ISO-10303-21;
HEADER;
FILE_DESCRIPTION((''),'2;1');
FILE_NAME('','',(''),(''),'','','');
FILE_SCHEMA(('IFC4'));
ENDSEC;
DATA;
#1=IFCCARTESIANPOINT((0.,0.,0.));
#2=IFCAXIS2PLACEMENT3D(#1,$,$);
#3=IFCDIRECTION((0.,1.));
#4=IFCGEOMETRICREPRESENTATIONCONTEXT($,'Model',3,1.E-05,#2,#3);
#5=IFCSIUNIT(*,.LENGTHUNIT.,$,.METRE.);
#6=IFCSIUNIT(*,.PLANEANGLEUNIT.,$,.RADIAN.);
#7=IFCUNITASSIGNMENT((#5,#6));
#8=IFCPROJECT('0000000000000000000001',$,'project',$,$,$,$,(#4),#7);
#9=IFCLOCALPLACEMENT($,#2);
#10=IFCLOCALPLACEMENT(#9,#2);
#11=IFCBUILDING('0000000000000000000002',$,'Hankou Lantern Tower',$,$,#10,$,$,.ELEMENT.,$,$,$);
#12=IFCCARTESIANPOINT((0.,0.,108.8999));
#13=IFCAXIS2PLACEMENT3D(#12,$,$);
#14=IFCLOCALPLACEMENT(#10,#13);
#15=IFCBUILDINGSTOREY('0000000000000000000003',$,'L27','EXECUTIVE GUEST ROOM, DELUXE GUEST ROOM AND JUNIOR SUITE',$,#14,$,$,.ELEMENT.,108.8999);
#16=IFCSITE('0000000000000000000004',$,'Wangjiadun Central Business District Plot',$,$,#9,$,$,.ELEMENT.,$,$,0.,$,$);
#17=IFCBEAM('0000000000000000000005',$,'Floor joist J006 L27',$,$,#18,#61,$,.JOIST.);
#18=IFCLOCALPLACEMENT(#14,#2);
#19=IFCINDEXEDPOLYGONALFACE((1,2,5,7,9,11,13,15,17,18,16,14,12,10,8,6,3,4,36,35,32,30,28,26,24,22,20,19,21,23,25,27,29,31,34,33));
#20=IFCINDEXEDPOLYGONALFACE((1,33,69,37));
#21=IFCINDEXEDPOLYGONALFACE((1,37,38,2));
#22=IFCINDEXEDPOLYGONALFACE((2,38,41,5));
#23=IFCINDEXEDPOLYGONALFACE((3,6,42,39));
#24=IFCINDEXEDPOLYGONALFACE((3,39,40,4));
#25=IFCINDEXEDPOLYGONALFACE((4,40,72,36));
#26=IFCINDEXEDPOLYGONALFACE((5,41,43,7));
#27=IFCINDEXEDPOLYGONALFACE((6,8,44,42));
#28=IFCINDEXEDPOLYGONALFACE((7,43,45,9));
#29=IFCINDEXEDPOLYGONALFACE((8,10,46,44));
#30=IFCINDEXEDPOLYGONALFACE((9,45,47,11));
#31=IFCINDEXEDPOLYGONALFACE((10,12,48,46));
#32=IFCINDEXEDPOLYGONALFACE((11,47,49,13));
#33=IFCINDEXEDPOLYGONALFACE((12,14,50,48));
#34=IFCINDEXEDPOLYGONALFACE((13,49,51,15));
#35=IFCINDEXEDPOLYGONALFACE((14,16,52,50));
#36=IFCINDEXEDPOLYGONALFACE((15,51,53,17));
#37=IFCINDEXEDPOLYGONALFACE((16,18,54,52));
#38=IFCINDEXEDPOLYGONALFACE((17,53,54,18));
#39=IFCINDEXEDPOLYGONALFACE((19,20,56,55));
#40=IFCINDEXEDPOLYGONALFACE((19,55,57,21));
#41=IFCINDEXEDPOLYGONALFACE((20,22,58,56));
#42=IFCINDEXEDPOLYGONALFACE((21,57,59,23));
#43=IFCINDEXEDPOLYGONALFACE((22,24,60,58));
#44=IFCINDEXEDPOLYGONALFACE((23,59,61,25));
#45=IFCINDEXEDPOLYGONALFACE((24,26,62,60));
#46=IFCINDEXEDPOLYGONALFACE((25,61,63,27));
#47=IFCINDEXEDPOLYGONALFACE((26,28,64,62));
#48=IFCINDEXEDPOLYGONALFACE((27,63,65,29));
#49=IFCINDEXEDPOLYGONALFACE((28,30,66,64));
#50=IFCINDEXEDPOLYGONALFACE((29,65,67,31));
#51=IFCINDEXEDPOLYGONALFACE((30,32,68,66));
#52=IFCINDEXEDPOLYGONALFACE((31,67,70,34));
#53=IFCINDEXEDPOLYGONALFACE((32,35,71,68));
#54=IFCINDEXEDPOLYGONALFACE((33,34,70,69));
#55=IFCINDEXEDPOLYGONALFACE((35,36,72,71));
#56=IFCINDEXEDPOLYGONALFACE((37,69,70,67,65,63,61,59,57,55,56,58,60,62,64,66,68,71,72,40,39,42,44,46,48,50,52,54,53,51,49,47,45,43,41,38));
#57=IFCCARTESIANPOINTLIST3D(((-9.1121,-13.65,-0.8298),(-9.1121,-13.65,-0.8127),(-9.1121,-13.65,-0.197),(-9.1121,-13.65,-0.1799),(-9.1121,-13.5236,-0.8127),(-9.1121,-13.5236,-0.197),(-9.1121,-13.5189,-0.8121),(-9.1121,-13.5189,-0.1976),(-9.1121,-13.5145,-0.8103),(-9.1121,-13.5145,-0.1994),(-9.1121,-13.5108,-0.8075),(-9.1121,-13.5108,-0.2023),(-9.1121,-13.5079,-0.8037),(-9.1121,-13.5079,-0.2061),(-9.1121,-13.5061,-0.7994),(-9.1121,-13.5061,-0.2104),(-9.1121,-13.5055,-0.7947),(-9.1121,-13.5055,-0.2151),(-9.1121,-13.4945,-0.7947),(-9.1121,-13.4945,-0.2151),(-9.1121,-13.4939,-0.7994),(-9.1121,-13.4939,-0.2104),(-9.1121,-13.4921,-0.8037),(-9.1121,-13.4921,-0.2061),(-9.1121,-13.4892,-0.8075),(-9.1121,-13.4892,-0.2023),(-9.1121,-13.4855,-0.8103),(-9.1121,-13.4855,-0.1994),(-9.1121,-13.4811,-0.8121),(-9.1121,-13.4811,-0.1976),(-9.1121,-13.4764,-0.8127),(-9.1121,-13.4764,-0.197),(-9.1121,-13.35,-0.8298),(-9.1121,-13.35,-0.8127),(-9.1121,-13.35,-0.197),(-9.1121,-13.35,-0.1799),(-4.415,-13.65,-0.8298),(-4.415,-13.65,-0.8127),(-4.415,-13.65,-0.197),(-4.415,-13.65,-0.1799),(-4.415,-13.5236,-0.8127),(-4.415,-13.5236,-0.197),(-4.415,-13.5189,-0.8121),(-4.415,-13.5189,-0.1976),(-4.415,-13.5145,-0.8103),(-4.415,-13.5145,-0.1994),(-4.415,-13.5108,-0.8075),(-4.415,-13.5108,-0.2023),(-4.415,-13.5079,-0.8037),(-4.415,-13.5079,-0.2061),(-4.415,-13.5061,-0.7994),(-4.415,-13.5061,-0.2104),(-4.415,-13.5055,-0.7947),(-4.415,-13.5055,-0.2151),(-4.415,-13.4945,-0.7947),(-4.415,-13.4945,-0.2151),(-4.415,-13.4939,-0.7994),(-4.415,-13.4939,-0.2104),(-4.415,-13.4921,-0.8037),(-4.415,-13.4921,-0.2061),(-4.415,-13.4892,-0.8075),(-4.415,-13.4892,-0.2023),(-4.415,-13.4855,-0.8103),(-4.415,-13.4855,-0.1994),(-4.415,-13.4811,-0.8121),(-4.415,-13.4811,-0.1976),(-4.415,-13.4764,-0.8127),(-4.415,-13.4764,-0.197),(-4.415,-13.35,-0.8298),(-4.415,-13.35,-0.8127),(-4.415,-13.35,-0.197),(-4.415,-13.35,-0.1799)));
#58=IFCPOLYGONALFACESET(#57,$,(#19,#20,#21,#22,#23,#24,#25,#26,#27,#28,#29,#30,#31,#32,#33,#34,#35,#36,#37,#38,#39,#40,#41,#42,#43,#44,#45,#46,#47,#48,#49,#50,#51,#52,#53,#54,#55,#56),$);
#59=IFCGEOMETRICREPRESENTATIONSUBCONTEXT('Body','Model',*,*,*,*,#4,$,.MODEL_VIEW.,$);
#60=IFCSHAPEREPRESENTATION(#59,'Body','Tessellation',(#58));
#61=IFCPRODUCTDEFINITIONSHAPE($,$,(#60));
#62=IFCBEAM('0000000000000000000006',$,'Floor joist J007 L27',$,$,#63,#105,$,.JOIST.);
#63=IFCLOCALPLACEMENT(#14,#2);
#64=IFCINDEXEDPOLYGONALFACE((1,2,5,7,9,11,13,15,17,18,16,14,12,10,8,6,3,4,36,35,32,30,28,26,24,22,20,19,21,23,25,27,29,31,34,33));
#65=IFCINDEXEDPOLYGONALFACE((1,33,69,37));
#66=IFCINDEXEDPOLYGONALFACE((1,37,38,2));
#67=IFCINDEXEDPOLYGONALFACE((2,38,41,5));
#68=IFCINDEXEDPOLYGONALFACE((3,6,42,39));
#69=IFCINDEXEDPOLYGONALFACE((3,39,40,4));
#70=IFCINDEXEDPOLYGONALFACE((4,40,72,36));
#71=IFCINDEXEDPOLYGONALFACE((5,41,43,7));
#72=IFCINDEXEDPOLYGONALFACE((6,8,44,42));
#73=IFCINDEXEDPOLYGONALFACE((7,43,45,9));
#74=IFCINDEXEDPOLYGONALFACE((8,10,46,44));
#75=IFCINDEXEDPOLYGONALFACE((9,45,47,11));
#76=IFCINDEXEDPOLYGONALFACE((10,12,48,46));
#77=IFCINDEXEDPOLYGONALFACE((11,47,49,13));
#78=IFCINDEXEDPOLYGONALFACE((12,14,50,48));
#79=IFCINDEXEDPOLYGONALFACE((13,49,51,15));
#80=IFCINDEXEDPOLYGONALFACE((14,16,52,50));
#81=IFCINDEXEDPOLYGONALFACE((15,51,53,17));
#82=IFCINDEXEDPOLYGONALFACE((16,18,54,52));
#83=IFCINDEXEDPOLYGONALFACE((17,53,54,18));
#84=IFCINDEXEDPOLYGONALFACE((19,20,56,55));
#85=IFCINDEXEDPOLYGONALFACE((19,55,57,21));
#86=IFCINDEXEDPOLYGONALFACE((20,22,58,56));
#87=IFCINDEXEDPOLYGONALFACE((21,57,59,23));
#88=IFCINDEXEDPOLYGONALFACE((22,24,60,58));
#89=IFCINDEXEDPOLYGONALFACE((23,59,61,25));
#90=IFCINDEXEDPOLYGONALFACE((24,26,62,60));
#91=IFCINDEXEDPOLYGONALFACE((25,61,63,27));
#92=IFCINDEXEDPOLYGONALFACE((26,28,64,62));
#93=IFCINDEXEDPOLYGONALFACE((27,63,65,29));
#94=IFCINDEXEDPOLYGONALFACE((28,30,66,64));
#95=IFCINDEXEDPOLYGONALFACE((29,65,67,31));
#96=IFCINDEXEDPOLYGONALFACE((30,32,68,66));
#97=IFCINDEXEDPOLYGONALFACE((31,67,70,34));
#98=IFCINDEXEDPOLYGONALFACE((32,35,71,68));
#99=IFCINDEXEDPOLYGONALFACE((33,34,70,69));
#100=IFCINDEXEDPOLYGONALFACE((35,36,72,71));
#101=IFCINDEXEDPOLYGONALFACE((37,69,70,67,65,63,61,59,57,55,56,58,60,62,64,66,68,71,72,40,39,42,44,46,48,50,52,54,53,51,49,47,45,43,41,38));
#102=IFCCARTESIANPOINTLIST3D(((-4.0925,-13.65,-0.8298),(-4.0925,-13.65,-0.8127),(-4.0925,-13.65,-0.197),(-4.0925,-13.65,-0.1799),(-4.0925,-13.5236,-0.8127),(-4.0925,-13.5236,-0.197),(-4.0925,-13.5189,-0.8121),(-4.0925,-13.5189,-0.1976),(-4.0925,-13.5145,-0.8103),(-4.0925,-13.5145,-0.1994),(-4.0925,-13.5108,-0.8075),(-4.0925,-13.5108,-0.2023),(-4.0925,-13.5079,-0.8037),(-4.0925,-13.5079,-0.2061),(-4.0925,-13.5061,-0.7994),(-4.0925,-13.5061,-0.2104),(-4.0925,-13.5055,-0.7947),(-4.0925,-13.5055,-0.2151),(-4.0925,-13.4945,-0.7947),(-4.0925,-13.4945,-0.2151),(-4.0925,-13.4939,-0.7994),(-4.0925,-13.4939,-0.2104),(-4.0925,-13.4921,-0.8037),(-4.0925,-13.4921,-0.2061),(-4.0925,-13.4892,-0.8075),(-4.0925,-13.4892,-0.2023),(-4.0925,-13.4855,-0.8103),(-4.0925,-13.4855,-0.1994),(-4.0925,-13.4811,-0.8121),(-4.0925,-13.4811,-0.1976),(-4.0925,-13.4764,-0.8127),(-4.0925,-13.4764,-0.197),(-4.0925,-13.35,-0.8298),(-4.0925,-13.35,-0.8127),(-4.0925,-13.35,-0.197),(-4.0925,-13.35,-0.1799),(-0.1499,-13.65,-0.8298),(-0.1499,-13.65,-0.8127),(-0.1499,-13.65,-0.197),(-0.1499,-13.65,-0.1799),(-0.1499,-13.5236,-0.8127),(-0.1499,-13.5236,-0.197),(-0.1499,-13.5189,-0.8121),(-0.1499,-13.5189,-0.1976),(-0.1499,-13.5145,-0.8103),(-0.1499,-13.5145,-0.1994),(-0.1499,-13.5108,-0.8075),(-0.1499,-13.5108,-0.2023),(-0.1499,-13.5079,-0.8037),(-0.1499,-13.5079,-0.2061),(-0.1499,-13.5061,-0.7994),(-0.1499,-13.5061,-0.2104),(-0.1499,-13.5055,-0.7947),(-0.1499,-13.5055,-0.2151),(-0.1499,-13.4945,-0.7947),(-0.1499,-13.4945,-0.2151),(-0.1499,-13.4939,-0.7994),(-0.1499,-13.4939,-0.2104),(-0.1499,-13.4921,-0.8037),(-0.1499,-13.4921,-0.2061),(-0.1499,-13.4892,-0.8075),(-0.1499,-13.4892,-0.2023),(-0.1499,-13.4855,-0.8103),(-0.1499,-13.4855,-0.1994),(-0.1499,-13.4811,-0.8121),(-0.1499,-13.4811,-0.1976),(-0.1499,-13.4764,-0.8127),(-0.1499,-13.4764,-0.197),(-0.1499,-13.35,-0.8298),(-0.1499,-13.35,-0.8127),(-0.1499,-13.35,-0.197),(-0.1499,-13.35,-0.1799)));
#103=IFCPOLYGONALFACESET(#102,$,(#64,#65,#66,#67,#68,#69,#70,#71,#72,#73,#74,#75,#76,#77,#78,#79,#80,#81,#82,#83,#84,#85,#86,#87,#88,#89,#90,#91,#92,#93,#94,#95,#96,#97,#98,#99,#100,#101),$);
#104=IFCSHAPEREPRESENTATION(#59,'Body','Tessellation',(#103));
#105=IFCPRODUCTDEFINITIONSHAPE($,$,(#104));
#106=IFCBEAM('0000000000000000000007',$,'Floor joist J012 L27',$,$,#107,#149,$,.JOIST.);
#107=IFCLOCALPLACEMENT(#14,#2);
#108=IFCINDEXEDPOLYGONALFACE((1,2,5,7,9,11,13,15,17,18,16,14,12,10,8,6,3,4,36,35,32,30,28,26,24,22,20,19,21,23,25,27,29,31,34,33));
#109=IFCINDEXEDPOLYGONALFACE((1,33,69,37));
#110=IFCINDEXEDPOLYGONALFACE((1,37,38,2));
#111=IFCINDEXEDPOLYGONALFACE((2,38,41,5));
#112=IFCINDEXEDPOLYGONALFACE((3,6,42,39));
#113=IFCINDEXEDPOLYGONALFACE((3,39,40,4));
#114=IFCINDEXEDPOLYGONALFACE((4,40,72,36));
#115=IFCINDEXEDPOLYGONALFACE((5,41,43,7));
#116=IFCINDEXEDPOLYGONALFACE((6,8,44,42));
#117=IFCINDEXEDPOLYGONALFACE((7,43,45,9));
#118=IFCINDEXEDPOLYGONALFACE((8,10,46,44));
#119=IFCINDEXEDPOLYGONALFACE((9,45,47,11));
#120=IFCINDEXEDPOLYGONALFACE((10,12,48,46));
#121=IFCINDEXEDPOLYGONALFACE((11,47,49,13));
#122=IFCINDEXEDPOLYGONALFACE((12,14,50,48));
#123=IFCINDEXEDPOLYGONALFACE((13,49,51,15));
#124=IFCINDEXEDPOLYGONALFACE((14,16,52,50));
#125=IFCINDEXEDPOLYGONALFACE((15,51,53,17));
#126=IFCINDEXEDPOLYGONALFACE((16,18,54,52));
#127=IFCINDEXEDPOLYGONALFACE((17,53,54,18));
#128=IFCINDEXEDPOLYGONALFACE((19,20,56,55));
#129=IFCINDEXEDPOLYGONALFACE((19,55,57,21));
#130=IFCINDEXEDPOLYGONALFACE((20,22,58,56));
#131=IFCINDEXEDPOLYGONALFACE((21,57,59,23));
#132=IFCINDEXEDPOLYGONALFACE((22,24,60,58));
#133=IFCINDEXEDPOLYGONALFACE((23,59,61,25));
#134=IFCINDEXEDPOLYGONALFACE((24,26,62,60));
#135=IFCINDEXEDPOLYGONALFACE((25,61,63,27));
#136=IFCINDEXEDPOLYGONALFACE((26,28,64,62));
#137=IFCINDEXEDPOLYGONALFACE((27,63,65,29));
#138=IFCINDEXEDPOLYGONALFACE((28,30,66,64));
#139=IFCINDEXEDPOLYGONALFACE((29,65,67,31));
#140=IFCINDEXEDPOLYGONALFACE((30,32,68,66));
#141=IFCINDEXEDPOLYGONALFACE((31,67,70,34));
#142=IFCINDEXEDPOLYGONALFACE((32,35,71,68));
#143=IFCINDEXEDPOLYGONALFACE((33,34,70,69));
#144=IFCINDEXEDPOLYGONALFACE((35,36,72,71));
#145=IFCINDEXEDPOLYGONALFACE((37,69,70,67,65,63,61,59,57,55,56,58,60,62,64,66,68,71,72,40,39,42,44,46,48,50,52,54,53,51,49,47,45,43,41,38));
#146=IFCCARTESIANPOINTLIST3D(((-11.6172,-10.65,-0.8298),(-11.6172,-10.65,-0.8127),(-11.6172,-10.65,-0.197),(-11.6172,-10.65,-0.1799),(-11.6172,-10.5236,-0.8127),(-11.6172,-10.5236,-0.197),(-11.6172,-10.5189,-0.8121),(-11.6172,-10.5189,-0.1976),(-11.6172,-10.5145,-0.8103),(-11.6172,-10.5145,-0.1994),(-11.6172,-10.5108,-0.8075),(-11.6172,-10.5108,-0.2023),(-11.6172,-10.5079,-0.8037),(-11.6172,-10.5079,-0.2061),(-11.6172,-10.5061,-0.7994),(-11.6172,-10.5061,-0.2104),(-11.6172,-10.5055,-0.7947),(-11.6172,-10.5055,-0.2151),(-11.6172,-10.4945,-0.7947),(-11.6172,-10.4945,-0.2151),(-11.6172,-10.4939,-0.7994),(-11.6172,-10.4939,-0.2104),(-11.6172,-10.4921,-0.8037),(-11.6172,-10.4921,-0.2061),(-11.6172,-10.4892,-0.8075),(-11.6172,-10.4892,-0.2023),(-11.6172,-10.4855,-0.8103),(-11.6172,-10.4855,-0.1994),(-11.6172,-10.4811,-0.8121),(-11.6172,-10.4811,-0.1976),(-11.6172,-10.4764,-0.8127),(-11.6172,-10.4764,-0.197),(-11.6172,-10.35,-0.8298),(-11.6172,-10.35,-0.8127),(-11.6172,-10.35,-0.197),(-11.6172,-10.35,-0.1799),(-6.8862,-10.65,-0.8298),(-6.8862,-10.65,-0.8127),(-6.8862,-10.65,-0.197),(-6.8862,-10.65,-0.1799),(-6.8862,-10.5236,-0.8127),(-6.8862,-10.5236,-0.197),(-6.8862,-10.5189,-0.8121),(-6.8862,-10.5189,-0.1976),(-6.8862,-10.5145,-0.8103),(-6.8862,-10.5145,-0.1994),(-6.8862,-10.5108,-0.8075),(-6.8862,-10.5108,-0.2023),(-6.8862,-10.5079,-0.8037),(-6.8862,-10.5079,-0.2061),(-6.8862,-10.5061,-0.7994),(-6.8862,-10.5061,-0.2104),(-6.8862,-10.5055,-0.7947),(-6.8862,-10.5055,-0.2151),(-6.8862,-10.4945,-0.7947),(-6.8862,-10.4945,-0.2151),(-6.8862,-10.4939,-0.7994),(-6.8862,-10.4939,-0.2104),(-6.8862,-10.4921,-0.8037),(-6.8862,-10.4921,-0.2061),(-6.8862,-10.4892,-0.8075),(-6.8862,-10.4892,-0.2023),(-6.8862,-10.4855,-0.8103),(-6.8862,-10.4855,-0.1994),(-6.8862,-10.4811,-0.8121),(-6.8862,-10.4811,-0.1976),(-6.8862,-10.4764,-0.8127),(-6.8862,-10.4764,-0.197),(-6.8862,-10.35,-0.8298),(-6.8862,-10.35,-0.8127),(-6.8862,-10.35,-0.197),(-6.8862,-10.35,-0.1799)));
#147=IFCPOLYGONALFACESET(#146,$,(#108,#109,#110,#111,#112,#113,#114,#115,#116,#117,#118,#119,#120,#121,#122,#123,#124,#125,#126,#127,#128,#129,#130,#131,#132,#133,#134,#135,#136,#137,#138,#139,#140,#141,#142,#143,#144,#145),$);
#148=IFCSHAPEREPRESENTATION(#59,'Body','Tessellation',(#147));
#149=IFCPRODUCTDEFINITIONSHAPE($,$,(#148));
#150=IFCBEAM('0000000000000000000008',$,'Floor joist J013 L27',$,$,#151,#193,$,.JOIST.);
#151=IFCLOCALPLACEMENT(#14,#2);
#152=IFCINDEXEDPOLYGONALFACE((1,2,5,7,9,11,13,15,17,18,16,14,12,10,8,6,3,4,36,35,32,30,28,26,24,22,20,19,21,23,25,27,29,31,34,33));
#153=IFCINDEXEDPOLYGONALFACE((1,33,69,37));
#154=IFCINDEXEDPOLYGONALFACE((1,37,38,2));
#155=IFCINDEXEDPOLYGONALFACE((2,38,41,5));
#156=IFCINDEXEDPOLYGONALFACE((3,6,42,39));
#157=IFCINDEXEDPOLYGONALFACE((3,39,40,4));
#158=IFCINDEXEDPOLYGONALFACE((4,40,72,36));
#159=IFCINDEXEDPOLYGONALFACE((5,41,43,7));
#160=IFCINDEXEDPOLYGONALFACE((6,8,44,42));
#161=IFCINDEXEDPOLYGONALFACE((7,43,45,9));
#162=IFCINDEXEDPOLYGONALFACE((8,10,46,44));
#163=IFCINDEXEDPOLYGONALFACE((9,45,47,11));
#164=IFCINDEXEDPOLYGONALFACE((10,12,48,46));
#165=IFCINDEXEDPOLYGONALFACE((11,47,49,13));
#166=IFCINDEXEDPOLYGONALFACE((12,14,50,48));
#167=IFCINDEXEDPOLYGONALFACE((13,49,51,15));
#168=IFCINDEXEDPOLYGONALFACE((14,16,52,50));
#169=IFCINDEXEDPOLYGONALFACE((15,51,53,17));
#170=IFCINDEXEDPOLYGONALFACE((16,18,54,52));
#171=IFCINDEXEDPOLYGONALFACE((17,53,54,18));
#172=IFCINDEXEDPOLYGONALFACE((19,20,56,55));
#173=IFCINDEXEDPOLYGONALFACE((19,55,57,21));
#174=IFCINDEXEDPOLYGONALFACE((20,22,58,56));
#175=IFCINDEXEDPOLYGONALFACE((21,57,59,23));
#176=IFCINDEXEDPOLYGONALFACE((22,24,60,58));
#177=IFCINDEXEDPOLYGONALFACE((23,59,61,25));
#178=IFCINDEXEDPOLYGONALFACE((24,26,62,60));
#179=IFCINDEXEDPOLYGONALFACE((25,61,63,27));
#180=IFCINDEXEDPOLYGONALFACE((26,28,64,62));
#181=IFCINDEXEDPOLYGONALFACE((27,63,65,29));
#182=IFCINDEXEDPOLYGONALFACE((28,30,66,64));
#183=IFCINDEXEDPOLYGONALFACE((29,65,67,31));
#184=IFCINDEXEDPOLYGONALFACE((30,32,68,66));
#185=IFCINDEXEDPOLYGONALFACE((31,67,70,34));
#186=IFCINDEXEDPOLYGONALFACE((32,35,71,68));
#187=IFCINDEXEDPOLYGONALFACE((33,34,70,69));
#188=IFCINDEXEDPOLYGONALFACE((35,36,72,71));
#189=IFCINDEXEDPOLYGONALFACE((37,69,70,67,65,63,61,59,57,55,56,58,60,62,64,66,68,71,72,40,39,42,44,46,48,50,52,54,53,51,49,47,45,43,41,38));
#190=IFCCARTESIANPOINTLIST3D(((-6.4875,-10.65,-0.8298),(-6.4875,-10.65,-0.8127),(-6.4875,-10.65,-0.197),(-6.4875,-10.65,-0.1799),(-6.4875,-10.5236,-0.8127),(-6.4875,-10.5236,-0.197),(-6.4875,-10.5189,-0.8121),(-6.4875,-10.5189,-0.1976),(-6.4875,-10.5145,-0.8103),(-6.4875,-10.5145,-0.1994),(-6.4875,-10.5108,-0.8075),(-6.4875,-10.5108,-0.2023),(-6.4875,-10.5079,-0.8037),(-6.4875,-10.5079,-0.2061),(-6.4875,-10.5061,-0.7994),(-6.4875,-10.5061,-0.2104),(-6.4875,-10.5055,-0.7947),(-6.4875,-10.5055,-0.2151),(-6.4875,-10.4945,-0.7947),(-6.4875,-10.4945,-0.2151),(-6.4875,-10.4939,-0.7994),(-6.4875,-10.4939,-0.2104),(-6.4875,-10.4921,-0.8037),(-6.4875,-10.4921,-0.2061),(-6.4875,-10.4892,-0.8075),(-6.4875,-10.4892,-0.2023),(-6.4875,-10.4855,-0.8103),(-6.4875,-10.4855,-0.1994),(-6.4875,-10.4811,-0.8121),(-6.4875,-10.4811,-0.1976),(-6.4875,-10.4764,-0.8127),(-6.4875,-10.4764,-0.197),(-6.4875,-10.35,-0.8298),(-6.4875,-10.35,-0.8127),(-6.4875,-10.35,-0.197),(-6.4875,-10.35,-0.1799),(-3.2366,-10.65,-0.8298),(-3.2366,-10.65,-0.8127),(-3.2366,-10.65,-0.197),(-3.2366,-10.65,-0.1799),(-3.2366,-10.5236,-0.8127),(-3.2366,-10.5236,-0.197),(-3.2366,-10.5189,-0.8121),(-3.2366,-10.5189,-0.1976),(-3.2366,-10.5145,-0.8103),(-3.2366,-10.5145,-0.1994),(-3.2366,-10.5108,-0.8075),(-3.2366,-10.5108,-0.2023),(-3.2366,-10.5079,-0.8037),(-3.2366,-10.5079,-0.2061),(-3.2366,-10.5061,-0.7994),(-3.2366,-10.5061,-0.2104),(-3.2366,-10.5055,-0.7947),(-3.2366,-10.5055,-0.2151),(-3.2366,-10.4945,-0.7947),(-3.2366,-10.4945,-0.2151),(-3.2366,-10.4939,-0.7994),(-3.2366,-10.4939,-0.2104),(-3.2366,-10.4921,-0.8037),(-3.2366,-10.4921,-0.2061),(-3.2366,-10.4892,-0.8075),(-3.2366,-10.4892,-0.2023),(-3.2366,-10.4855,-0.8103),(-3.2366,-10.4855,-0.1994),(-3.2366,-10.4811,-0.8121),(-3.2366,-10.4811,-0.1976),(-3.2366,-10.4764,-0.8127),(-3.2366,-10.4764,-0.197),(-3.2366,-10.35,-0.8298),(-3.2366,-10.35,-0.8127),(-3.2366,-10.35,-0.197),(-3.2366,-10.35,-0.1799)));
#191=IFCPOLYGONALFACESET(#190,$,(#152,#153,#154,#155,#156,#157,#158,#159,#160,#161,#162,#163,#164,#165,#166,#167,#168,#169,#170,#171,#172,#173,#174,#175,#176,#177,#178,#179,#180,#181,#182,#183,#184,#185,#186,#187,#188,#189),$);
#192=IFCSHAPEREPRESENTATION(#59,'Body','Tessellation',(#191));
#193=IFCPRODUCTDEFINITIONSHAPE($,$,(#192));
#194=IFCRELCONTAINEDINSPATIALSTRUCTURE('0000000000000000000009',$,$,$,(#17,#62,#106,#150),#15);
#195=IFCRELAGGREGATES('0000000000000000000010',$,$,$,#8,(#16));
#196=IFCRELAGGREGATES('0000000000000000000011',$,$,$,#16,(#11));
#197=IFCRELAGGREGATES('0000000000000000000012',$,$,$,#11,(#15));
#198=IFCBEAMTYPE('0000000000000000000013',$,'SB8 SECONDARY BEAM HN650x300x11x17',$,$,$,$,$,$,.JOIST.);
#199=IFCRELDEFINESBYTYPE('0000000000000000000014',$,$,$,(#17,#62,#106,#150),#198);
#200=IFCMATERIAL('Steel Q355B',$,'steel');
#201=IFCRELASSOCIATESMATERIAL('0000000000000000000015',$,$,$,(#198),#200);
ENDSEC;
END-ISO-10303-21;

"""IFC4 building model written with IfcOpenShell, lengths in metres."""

from ifc_helpers import new_model, si_unit, direction, frame, origin, origin_2d, place, context, subcontext, project, spatial, i_section, extrude, material, material_profile, profile_set, type_object, element, save


model = new_model("IFC4")

# Units and contexts
model_context = context("Model", 3, precision=1e-05, world=origin(), true_north=direction((0.0, 1.0)))
body_context = subcontext(model_context, "Body", "Model", "MODEL_VIEW")
ifc_project = project(units=[si_unit("LENGTHUNIT", "METRE"), si_unit("PLANEANGLEUNIT", "RADIAN")], contexts=[model_context])

# Site, building, storey
site_placement = place(None, origin())
site = spatial("IfcSite", under=ifc_project, at=site_placement, Name="Wangjiadun Central Business District Plot", CompositionType="ELEMENT", RefElevation=0.0)
building_placement = place(site_placement, origin())
building = spatial("IfcBuilding", under=site, at=building_placement, Name="Hankou Lantern Tower", CompositionType="ELEMENT")
storey_placement = place(building_placement, frame((0.0, 0.0, 108.8999)))
storey = spatial("IfcBuildingStorey", under=building, at=storey_placement, Name="L27", Description="EXECUTIVE GUEST ROOM, DELUXE GUEST ROOM AND JUNIOR SUITE", CompositionType="ELEMENT", Elevation=108.8999)

# Beams
ifc_material_1 = material(Name="Steel Q355B", Category="steel")
ifc_material_profile_1 = material_profile(ifc_material_1, i_section(OverallWidth=0.3, OverallDepth=0.6499, WebThickness=0.011, FlangeThickness=0.0171, FilletRadius=0.0181, at=origin_2d()), Name="HN650x300x11x17")
ifc_profile_set_1 = profile_set([ifc_material_profile_1], Name="Steel Q355B")
beam_type_1 = type_object("IfcBeamType", Name="SB8 SECONDARY BEAM HN650x300x11x17", PredefinedType="JOIST", material=ifc_profile_set_1)
beam_1_placement = place(storey_placement, frame((-9.1121, -13.5, -0.5049), z_axis=(1.0, 0.0, 0.0), x_axis=(0.0, 1.0, 0.0)))
element("IfcBeam", 1, at=beam_1_placement, inside=storey, type_object=beam_type_1, Name="Floor joist J006 L27", PredefinedType="JOIST", context=body_context, shape_type="SweptSolid", body=[
    extrude(i_section(OverallWidth=0.3, OverallDepth=0.6499, WebThickness=0.011, FlangeThickness=0.0171, FilletRadius=0.0181, at=origin_2d()), origin(), (0.0, 0.0, 1.0), 4.697),
])
beam_2_placement = place(storey_placement, frame((-4.0925, -13.5, -0.5049), z_axis=(1.0, 0.0, 0.0), x_axis=(0.0, 1.0, 0.0)))
element("IfcBeam", 2, at=beam_2_placement, inside=storey, type_object=beam_type_1, Name="Floor joist J007 L27", PredefinedType="JOIST", context=body_context, shape_type="SweptSolid", body=[
    extrude(i_section(OverallWidth=0.3, OverallDepth=0.6499, WebThickness=0.011, FlangeThickness=0.0171, FilletRadius=0.0181, at=origin_2d()), origin(), (0.0, 0.0, 1.0), 3.9426),
])
beam_3_placement = place(storey_placement, frame((-11.6172, -10.5, -0.5049), z_axis=(1.0, 0.0, 0.0), x_axis=(0.0, 1.0, 0.0)))
element("IfcBeam", 3, at=beam_3_placement, inside=storey, type_object=beam_type_1, Name="Floor joist J012 L27", PredefinedType="JOIST", context=body_context, shape_type="SweptSolid", body=[
    extrude(i_section(OverallWidth=0.3, OverallDepth=0.6499, WebThickness=0.011, FlangeThickness=0.0171, FilletRadius=0.0181, at=origin_2d()), origin(), (0.0, 0.0, 1.0), 4.731),
])
beam_4_placement = place(storey_placement, frame((-6.4875, -10.5, -0.5049), z_axis=(1.0, 0.0, 0.0), x_axis=(0.0, 1.0, 0.0)))
element("IfcBeam", 4, at=beam_4_placement, inside=storey, type_object=beam_type_1, Name="Floor joist J013 L27", PredefinedType="JOIST", context=body_context, shape_type="SweptSolid", body=[
    extrude(i_section(OverallWidth=0.3, OverallDepth=0.6499, WebThickness=0.011, FlangeThickness=0.0171, FilletRadius=0.0181, at=origin_2d()), origin(), (0.0, 0.0, 1.0), 3.251),
])

save(model, "model.ifc")
